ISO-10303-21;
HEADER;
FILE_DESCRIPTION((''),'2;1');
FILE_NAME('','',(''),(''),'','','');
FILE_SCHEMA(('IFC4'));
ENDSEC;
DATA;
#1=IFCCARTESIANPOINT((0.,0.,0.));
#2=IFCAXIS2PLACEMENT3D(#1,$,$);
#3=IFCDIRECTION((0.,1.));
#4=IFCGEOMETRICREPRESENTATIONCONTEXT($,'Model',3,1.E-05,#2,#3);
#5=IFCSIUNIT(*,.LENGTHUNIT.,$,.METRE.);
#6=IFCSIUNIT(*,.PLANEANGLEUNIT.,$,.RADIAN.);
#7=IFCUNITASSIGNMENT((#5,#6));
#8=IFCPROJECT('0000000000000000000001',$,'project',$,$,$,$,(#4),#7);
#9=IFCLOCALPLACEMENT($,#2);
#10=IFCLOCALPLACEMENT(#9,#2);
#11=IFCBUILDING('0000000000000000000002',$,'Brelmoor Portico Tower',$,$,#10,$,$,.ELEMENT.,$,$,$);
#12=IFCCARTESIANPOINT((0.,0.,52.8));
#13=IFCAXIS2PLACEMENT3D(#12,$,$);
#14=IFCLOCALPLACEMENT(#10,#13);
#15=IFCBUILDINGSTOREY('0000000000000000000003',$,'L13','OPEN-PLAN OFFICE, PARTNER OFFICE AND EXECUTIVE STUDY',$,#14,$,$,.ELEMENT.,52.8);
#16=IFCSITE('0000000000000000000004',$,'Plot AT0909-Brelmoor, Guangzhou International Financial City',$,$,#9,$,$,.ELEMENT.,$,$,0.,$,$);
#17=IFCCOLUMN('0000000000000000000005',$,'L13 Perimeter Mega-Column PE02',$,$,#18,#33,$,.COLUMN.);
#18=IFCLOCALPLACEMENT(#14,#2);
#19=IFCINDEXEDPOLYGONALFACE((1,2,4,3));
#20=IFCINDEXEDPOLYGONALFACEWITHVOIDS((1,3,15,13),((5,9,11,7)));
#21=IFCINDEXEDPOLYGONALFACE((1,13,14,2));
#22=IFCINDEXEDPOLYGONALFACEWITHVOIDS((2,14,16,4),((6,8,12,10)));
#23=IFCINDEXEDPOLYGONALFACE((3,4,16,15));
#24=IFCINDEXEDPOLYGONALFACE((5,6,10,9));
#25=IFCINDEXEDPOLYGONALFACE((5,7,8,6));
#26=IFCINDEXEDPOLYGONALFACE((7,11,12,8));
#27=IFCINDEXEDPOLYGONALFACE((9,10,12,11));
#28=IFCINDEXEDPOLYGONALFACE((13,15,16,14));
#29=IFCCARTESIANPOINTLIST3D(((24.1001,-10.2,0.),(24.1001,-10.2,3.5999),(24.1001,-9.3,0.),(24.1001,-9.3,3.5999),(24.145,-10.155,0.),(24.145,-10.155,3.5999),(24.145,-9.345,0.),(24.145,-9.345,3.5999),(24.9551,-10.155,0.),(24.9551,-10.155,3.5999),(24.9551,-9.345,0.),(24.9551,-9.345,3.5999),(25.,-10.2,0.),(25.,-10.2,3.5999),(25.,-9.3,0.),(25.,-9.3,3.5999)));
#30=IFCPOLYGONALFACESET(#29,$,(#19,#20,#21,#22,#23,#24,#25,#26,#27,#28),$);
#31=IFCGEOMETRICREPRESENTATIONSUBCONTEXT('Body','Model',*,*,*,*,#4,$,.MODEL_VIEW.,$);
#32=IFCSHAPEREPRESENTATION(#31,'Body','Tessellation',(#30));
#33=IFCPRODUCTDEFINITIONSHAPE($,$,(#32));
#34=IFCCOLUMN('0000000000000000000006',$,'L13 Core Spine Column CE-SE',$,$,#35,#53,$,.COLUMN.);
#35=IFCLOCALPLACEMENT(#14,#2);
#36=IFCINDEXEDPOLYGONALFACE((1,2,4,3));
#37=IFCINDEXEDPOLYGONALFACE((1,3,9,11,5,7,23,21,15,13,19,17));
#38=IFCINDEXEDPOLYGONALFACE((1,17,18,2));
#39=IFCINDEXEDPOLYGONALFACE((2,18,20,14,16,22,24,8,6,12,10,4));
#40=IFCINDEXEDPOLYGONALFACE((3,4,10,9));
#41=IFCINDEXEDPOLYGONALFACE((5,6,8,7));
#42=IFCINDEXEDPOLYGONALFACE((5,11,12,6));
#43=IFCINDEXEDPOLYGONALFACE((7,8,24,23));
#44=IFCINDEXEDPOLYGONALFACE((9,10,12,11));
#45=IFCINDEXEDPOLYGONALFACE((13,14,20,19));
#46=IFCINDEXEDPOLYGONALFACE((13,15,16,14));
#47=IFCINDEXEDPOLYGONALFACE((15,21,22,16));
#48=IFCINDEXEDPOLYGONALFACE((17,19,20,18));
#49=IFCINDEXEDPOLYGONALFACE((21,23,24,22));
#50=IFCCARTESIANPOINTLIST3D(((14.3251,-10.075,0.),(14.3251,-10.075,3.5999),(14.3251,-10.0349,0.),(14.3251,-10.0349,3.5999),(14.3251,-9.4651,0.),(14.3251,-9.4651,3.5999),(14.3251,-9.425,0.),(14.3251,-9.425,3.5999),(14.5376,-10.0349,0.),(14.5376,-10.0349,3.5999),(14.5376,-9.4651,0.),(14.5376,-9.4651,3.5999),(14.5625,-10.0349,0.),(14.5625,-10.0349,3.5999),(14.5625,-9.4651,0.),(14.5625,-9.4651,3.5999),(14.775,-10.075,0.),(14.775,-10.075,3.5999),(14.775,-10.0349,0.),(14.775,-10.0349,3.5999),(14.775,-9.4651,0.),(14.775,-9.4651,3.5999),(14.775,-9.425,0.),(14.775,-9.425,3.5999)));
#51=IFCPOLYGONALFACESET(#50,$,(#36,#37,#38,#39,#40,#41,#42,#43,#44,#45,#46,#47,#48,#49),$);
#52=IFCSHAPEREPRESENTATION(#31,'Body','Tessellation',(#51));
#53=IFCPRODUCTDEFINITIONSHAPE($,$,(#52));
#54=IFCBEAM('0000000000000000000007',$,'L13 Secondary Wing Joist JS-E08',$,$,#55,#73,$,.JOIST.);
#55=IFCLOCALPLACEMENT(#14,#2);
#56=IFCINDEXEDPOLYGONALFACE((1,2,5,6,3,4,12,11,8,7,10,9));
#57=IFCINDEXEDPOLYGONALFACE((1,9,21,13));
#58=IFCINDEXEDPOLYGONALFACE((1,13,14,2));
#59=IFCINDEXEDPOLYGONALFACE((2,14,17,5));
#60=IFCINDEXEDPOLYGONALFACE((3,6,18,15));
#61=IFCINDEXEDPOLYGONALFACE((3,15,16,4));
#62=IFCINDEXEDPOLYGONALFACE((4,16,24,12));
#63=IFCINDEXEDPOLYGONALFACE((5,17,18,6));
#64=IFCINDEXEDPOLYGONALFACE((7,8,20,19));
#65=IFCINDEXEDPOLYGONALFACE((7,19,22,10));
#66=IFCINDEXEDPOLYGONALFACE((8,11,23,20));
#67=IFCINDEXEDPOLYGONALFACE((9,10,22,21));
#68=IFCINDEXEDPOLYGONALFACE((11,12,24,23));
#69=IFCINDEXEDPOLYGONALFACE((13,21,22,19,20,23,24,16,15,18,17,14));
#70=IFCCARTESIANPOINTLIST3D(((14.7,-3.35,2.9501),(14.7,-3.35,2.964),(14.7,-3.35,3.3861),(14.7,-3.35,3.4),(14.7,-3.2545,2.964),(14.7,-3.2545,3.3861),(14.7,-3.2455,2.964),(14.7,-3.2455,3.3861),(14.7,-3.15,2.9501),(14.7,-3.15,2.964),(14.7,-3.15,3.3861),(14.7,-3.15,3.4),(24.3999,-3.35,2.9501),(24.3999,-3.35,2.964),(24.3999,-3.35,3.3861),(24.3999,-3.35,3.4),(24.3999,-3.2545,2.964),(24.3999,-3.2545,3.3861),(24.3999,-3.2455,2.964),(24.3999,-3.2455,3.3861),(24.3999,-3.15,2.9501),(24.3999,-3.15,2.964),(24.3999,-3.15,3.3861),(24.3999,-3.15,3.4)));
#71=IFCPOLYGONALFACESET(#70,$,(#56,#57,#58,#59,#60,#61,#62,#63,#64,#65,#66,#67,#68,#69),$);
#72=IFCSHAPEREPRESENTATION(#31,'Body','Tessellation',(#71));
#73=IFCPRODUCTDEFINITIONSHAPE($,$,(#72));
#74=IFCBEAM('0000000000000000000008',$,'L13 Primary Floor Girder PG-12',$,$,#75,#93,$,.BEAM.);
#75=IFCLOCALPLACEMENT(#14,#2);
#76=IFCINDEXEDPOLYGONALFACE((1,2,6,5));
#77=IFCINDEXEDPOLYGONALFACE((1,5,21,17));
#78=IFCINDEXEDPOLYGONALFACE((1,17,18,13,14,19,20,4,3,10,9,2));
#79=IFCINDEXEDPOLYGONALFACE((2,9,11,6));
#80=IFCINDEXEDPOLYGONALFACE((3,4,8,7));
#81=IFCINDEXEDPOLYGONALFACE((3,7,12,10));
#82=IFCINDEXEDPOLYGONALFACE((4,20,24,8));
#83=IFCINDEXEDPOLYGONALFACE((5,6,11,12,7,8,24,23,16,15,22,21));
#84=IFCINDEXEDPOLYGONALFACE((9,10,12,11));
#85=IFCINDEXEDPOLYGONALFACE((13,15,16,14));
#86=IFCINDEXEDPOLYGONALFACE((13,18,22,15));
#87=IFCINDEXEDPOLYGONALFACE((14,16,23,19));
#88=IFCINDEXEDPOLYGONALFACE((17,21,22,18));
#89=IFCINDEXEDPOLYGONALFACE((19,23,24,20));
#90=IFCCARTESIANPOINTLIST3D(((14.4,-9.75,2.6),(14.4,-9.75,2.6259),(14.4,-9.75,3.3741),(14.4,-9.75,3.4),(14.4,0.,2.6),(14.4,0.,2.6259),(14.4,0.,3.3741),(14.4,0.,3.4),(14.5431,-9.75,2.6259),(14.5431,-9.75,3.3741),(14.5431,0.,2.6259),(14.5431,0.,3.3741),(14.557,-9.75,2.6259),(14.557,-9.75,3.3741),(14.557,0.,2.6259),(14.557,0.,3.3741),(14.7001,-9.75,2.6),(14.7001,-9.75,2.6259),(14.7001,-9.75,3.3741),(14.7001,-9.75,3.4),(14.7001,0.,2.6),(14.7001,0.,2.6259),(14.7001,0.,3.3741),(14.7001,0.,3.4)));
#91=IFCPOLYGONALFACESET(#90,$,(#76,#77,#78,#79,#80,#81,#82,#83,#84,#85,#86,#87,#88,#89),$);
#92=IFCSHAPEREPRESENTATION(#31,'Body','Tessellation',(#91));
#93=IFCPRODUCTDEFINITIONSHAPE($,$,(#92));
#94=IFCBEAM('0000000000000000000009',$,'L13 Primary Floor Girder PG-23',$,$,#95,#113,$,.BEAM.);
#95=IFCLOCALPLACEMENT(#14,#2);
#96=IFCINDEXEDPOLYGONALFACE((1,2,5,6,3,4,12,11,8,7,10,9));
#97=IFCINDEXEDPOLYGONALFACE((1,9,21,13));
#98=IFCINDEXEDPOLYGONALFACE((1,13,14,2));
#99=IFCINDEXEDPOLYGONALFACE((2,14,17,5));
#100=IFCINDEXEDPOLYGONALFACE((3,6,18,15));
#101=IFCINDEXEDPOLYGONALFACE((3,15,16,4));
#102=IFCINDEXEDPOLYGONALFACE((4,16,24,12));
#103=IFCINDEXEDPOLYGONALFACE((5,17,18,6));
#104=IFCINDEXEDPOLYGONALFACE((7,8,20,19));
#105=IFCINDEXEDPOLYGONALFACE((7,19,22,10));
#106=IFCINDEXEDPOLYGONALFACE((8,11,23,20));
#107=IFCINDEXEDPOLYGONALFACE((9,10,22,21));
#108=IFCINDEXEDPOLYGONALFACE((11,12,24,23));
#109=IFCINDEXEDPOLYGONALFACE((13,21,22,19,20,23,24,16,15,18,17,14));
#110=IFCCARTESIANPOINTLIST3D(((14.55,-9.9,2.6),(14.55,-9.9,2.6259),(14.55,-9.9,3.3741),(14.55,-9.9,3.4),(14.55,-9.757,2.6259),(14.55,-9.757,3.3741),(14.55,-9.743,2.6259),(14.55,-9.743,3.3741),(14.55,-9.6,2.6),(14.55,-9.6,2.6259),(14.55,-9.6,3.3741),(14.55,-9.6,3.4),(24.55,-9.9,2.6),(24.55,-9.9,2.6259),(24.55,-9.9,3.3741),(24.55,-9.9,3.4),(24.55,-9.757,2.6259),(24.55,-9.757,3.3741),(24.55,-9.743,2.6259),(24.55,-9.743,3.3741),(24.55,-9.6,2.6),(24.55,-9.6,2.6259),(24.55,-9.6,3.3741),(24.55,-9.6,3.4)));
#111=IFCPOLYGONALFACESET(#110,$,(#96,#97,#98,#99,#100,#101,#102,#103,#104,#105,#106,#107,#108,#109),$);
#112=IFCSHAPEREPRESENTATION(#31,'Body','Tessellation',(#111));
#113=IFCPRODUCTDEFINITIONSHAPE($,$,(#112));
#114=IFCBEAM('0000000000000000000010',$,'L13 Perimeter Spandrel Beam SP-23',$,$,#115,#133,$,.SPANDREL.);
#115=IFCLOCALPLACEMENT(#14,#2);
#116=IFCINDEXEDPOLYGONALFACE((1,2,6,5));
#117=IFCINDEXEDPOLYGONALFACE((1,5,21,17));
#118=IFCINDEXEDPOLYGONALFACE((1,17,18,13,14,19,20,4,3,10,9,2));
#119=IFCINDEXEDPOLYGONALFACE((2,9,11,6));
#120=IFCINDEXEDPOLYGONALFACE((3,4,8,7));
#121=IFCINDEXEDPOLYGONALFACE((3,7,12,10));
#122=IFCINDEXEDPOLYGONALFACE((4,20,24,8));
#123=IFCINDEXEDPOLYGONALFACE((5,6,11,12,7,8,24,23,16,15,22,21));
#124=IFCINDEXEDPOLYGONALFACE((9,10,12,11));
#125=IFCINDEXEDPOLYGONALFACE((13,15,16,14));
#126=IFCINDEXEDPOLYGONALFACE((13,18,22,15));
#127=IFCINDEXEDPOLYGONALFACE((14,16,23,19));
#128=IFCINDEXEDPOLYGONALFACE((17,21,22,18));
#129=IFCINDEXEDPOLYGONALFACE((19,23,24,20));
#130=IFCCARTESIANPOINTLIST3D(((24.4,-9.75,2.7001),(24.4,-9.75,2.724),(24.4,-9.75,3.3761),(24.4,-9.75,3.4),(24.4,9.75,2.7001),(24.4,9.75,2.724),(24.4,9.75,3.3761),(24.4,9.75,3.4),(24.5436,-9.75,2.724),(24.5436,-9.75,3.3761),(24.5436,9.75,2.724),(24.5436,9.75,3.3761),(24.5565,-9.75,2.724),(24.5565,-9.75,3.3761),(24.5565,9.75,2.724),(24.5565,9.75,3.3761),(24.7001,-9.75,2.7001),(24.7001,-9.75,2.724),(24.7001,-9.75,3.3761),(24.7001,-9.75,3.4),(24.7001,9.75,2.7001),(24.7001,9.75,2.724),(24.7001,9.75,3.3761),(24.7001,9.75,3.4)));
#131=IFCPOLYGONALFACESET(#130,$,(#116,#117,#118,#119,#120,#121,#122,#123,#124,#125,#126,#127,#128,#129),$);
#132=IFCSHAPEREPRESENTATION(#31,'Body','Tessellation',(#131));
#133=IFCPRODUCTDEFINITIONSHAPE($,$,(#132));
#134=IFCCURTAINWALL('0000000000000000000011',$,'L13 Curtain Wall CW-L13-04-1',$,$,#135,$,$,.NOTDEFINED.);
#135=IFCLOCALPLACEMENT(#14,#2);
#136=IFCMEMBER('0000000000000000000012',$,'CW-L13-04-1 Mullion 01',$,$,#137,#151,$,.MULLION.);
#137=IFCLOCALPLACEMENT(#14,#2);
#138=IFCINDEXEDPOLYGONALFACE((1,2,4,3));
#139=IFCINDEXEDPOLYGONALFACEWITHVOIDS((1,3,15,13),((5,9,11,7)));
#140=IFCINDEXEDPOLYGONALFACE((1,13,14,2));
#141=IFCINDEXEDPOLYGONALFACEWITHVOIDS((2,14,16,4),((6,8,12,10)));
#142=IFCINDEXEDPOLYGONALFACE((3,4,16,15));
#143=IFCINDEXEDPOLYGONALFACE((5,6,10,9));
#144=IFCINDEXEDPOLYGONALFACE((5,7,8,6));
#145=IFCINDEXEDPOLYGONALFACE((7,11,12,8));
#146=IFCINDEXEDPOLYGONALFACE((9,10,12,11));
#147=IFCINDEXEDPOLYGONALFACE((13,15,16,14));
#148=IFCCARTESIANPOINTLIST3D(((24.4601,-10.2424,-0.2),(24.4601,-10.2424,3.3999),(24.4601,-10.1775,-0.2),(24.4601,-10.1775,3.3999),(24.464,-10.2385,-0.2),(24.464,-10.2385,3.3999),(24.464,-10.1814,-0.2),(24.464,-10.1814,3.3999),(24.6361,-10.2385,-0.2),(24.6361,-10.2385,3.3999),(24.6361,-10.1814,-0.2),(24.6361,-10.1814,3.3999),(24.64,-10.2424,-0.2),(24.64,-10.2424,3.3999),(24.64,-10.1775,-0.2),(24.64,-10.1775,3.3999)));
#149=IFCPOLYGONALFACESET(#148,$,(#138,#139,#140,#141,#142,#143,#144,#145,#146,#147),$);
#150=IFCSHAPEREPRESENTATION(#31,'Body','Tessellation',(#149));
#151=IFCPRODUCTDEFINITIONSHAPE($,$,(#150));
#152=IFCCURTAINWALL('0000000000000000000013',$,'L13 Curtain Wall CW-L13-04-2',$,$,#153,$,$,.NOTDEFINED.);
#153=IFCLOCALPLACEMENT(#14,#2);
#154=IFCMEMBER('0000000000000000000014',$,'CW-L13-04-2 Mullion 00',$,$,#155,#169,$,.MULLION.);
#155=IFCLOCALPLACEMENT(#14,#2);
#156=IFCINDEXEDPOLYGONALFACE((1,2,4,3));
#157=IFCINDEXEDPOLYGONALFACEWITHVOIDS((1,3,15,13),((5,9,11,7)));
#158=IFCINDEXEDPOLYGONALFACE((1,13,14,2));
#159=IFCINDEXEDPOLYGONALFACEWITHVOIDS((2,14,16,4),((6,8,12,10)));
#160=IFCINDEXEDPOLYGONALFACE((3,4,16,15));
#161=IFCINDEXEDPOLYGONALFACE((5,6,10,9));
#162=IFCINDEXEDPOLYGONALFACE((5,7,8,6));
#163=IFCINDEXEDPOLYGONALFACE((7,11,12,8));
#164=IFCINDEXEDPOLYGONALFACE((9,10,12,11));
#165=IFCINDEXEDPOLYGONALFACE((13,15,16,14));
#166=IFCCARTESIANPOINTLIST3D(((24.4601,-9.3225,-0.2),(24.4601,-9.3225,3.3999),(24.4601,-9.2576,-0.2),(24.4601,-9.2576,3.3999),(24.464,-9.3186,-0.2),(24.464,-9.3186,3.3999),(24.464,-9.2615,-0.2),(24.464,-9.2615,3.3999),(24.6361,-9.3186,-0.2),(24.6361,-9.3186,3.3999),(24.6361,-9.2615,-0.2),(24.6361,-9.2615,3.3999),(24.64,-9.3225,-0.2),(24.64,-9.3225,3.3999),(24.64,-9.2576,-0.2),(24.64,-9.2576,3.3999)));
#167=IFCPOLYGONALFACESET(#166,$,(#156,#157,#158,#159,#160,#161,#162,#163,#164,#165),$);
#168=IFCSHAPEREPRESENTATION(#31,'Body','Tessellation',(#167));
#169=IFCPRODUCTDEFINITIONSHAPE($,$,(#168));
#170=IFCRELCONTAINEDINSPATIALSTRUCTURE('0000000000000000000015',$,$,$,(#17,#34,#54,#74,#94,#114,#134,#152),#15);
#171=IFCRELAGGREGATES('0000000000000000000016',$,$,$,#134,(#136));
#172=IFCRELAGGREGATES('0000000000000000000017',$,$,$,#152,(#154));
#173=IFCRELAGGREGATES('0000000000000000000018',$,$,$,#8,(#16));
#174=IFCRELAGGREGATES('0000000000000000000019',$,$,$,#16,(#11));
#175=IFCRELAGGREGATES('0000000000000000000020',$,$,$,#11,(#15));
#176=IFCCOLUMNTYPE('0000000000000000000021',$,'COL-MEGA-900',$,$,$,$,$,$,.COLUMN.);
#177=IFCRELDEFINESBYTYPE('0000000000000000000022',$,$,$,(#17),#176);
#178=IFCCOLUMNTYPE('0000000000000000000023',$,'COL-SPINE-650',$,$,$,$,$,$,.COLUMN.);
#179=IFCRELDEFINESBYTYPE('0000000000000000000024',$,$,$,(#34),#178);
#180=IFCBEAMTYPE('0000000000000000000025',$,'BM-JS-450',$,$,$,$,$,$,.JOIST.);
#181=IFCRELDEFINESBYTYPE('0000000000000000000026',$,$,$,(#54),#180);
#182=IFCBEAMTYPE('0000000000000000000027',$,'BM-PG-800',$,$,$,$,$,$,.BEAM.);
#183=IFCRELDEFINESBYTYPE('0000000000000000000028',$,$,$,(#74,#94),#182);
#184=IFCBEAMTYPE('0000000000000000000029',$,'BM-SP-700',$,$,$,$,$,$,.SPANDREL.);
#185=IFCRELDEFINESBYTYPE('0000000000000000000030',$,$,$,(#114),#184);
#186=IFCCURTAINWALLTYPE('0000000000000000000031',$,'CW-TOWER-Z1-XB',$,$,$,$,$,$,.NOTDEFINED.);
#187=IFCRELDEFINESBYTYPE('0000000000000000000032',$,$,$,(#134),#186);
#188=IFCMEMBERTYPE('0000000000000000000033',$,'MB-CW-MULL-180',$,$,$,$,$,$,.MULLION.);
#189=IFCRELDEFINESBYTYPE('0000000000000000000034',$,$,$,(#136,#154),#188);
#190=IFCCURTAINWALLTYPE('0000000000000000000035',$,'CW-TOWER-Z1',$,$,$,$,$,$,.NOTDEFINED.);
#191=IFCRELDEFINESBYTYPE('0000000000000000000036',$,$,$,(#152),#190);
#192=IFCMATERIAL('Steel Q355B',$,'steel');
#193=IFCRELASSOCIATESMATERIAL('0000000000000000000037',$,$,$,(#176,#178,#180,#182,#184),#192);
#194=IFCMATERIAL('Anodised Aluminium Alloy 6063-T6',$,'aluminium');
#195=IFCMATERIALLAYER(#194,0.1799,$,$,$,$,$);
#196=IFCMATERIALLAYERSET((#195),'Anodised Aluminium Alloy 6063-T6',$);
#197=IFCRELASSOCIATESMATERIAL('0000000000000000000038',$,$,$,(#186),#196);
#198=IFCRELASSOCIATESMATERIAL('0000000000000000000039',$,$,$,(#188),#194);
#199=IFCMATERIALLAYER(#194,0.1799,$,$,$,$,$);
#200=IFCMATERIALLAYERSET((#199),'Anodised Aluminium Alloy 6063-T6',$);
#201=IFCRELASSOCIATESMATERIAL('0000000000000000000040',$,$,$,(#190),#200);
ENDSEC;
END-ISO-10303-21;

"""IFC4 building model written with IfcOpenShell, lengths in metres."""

from ifc_helpers import new_model, si_unit, direction, frame, origin, origin_2d, place, context, subcontext, project, spatial, hollow_rectangle, i_section, extrude, material, layer, layer_set, material_profile, profile_set, type_object, element, aggregate, save


model = new_model("IFC4")

# Units and contexts
model_context = context("Model", 3, precision=1e-05, world=origin(), true_north=direction((0.0, 1.0)))
body_context = subcontext(model_context, "Body", "Model", "MODEL_VIEW")
ifc_project = project(units=[si_unit("LENGTHUNIT", "METRE"), si_unit("PLANEANGLEUNIT", "RADIAN")], contexts=[model_context])

# Site, building, storey
site_placement = place(None, origin())
site = spatial("IfcSite", under=ifc_project, at=site_placement, Name="Plot AT0909-Brelmoor, Guangzhou International Financial City", CompositionType="ELEMENT", RefElevation=0.0)
building_placement = place(site_placement, origin())
building = spatial("IfcBuilding", under=site, at=building_placement, Name="Brelmoor Portico Tower", CompositionType="ELEMENT")
storey_placement = place(building_placement, frame((0.0, 0.0, 52.8)))
storey = spatial("IfcBuildingStorey", under=building, at=storey_placement, Name="L13", Description="OPEN-PLAN OFFICE, PARTNER OFFICE AND EXECUTIVE STUDY", CompositionType="ELEMENT", Elevation=52.8)

# Columns
ifc_material_1 = material(Name="Steel Q355B", Category="steel")
ifc_material_profile_1 = material_profile(ifc_material_1, hollow_rectangle(XDim=0.8999, YDim=0.8999, WallThickness=0.0449, at=origin_2d()), Name="BOX 900x900x45")
ifc_profile_set_1 = profile_set([ifc_material_profile_1], Name="Steel Q355B")
column_type_1 = type_object("IfcColumnType", Name="COL-MEGA-900", PredefinedType="COLUMN", material=ifc_profile_set_1)
column_1_placement = place(storey_placement, frame((24.55, -9.75, 0.0), z_axis=(0.0, 0.0, 1.0), x_axis=(0.0, 1.0, 0.0)))
element("IfcColumn", 1, at=column_1_placement, inside=storey, type_object=column_type_1, Name="L13 Perimeter Mega-Column PE02", PredefinedType="COLUMN", context=body_context, shape_type="SweptSolid", body=[
    extrude(hollow_rectangle(XDim=0.8999, YDim=0.8999, WallThickness=0.0449, at=origin_2d()), origin(), (0.0, 0.0, 1.0), 3.5999),
])
ifc_material_profile_2 = material_profile(ifc_material_1, i_section(OverallWidth=0.45, OverallDepth=0.6499, WebThickness=0.0249, FlangeThickness=0.04, at=origin_2d()), Name="HW 650x450x25x40")
ifc_profile_set_2 = profile_set([ifc_material_profile_2], Name="Steel Q355B")
column_type_2 = type_object("IfcColumnType", Name="COL-SPINE-650", PredefinedType="COLUMN", material=ifc_profile_set_2)
column_2_placement = place(storey_placement, frame((14.55, -9.75, 0.0), z_axis=(0.0, 0.0, 1.0), x_axis=(1.0, 0.0, 0.0)))
element("IfcColumn", 2, at=column_2_placement, inside=storey, type_object=column_type_2, Name="L13 Core Spine Column CE-SE", PredefinedType="COLUMN", context=body_context, shape_type="SweptSolid", body=[
    extrude(i_section(OverallWidth=0.45, OverallDepth=0.6499, WebThickness=0.0249, FlangeThickness=0.04, at=origin_2d()), origin(), (0.0, 0.0, 1.0), 3.5999),
])

# Beams
ifc_material_profile_3 = material_profile(ifc_material_1, i_section(OverallWidth=0.2, OverallDepth=0.45, WebThickness=0.009, FlangeThickness=0.0139, at=origin_2d()), Name="HN 450x200x9x14")
ifc_profile_set_3 = profile_set([ifc_material_profile_3], Name="Steel Q355B")
beam_type_1 = type_object("IfcBeamType", Name="BM-JS-450", PredefinedType="JOIST", material=ifc_profile_set_3)
beam_1_placement = place(storey_placement, frame((14.7, -3.25, 3.175), z_axis=(1.0, 0.0, 0.0), x_axis=(0.0, 1.0, 0.0)))
element("IfcBeam", 3, at=beam_1_placement, inside=storey, type_object=beam_type_1, Name="L13 Secondary Wing Joist JS-E08", PredefinedType="JOIST", context=body_context, shape_type="SweptSolid", body=[
    extrude(i_section(OverallWidth=0.2, OverallDepth=0.45, WebThickness=0.009, FlangeThickness=0.0139, at=origin_2d()), origin(), (0.0, 0.0, 1.0), 9.7),
])
ifc_material_profile_4 = material_profile(ifc_material_1, i_section(OverallWidth=0.3, OverallDepth=0.8, WebThickness=0.0139, FlangeThickness=0.0259, at=origin_2d()), Name="HN 800x300x14x26")
ifc_profile_set_4 = profile_set([ifc_material_profile_4], Name="Steel Q355B")
beam_type_2 = type_object("IfcBeamType", Name="BM-PG-800", PredefinedType="BEAM", material=ifc_profile_set_4)
beam_2_placement = place(storey_placement, frame((14.55, -9.75, 3.0), z_axis=(0.0, 1.0, 0.0), x_axis=(-1.0, 0.0, 0.0)))
element("IfcBeam", 4, at=beam_2_placement, inside=storey, type_object=beam_type_2, Name="L13 Primary Floor Girder PG-12", PredefinedType="BEAM", context=body_context, shape_type="SweptSolid", body=[
    extrude(i_section(OverallWidth=0.3, OverallDepth=0.8, WebThickness=0.0139, FlangeThickness=0.0259, at=origin_2d()), origin(), (0.0, 0.0, 1.0), 9.75),
])
beam_3_placement = place(storey_placement, frame((14.55, -9.75, 3.0), z_axis=(1.0, 0.0, 0.0), x_axis=(0.0, 1.0, 0.0)))
element("IfcBeam", 5, at=beam_3_placement, inside=storey, type_object=beam_type_2, Name="L13 Primary Floor Girder PG-23", PredefinedType="BEAM", context=body_context, shape_type="SweptSolid", body=[
    extrude(i_section(OverallWidth=0.3, OverallDepth=0.8, WebThickness=0.0139, FlangeThickness=0.0259, at=origin_2d()), origin(), (0.0, 0.0, 1.0), 10.0),
])
ifc_material_profile_5 = material_profile(ifc_material_1, i_section(OverallWidth=0.3, OverallDepth=0.7, WebThickness=0.0129, FlangeThickness=0.0239, at=origin_2d()), Name="HN 700x300x13x24")
ifc_profile_set_5 = profile_set([ifc_material_profile_5], Name="Steel Q355B")
beam_type_3 = type_object("IfcBeamType", Name="BM-SP-700", PredefinedType="SPANDREL", material=ifc_profile_set_5)
beam_4_placement = place(storey_placement, frame((24.55, -9.75, 3.05), z_axis=(0.0, 1.0, 0.0), x_axis=(-1.0, 0.0, 0.0)))
element("IfcBeam", 6, at=beam_4_placement, inside=storey, type_object=beam_type_3, Name="L13 Perimeter Spandrel Beam SP-23", PredefinedType="SPANDREL", context=body_context, shape_type="SweptSolid", body=[
    extrude(i_section(OverallWidth=0.3, OverallDepth=0.7, WebThickness=0.0129, FlangeThickness=0.0239, at=origin_2d()), origin(), (0.0, 0.0, 1.0), 19.5),
])

# Curtain wall, member
ifc_material_2 = material(Name="Anodised Aluminium Alloy 6063-T6", Category="aluminium")
ifc_layer_1 = layer(ifc_material_2, 0.1799)
ifc_layer_set_1 = layer_set([ifc_layer_1], Name="Anodised Aluminium Alloy 6063-T6")
curtain_wall_type_1 = type_object("IfcCurtainWallType", Name="CW-TOWER-Z1-XB", PredefinedType="NOTDEFINED", material=ifc_layer_set_1)
curtain_wall_1_placement = place(storey_placement, origin())
curtain_wall_1 = element("IfcCurtainWall", 7, at=curtain_wall_1_placement, inside=storey, type_object=curtain_wall_type_1, Name="L13 Curtain Wall CW-L13-04-1", PredefinedType="NOTDEFINED")
ifc_material_profile_6 = material_profile(ifc_material_2, hollow_rectangle(XDim=0.0649, YDim=0.1799, WallThickness=0.0039, at=origin_2d()), Name="ALU MULLION 65x180")
ifc_profile_set_6 = profile_set([ifc_material_profile_6], Name="Anodised Aluminium Alloy 6063-T6")
member_type_1 = type_object("IfcMemberType", Name="MB-CW-MULL-180", PredefinedType="MULLION", material=ifc_profile_set_6)
member_1_placement = place(storey_placement, frame((24.55, -10.21, -0.2), z_axis=(0.0, 0.0, 1.0), x_axis=(0.0, 1.0, 0.0)))
member_1 = element("IfcMember", 8, at=member_1_placement, type_object=member_type_1, Name="CW-L13-04-1 Mullion 01", PredefinedType="MULLION", context=body_context, shape_type="SweptSolid", body=[
    extrude(hollow_rectangle(XDim=0.0649, YDim=0.1799, WallThickness=0.0039, at=origin_2d()), origin(), (0.0, 0.0, 1.0), 3.5999),
])
aggregate(curtain_wall_1, [member_1])

# Curtain wall, member
ifc_layer_2 = layer(ifc_material_2, 0.1799)
ifc_layer_set_2 = layer_set([ifc_layer_2], Name="Anodised Aluminium Alloy 6063-T6")
curtain_wall_type_2 = type_object("IfcCurtainWallType", Name="CW-TOWER-Z1", PredefinedType="NOTDEFINED", material=ifc_layer_set_2)
curtain_wall_2_placement = place(storey_placement, origin())
curtain_wall_2 = element("IfcCurtainWall", 9, at=curtain_wall_2_placement, inside=storey, type_object=curtain_wall_type_2, Name="L13 Curtain Wall CW-L13-04-2", PredefinedType="NOTDEFINED")
member_2_placement = place(storey_placement, frame((24.55, -9.29, -0.2), z_axis=(0.0, 0.0, 1.0), x_axis=(0.0, 1.0, 0.0)))
member_2 = element("IfcMember", 10, at=member_2_placement, type_object=member_type_1, Name="CW-L13-04-2 Mullion 00", PredefinedType="MULLION", context=body_context, shape_type="SweptSolid", body=[
    extrude(hollow_rectangle(XDim=0.0649, YDim=0.1799, WallThickness=0.0039, at=origin_2d()), origin(), (0.0, 0.0, 1.0), 3.5999),
])
aggregate(curtain_wall_2, [member_2])

save(model, "model.ifc")
